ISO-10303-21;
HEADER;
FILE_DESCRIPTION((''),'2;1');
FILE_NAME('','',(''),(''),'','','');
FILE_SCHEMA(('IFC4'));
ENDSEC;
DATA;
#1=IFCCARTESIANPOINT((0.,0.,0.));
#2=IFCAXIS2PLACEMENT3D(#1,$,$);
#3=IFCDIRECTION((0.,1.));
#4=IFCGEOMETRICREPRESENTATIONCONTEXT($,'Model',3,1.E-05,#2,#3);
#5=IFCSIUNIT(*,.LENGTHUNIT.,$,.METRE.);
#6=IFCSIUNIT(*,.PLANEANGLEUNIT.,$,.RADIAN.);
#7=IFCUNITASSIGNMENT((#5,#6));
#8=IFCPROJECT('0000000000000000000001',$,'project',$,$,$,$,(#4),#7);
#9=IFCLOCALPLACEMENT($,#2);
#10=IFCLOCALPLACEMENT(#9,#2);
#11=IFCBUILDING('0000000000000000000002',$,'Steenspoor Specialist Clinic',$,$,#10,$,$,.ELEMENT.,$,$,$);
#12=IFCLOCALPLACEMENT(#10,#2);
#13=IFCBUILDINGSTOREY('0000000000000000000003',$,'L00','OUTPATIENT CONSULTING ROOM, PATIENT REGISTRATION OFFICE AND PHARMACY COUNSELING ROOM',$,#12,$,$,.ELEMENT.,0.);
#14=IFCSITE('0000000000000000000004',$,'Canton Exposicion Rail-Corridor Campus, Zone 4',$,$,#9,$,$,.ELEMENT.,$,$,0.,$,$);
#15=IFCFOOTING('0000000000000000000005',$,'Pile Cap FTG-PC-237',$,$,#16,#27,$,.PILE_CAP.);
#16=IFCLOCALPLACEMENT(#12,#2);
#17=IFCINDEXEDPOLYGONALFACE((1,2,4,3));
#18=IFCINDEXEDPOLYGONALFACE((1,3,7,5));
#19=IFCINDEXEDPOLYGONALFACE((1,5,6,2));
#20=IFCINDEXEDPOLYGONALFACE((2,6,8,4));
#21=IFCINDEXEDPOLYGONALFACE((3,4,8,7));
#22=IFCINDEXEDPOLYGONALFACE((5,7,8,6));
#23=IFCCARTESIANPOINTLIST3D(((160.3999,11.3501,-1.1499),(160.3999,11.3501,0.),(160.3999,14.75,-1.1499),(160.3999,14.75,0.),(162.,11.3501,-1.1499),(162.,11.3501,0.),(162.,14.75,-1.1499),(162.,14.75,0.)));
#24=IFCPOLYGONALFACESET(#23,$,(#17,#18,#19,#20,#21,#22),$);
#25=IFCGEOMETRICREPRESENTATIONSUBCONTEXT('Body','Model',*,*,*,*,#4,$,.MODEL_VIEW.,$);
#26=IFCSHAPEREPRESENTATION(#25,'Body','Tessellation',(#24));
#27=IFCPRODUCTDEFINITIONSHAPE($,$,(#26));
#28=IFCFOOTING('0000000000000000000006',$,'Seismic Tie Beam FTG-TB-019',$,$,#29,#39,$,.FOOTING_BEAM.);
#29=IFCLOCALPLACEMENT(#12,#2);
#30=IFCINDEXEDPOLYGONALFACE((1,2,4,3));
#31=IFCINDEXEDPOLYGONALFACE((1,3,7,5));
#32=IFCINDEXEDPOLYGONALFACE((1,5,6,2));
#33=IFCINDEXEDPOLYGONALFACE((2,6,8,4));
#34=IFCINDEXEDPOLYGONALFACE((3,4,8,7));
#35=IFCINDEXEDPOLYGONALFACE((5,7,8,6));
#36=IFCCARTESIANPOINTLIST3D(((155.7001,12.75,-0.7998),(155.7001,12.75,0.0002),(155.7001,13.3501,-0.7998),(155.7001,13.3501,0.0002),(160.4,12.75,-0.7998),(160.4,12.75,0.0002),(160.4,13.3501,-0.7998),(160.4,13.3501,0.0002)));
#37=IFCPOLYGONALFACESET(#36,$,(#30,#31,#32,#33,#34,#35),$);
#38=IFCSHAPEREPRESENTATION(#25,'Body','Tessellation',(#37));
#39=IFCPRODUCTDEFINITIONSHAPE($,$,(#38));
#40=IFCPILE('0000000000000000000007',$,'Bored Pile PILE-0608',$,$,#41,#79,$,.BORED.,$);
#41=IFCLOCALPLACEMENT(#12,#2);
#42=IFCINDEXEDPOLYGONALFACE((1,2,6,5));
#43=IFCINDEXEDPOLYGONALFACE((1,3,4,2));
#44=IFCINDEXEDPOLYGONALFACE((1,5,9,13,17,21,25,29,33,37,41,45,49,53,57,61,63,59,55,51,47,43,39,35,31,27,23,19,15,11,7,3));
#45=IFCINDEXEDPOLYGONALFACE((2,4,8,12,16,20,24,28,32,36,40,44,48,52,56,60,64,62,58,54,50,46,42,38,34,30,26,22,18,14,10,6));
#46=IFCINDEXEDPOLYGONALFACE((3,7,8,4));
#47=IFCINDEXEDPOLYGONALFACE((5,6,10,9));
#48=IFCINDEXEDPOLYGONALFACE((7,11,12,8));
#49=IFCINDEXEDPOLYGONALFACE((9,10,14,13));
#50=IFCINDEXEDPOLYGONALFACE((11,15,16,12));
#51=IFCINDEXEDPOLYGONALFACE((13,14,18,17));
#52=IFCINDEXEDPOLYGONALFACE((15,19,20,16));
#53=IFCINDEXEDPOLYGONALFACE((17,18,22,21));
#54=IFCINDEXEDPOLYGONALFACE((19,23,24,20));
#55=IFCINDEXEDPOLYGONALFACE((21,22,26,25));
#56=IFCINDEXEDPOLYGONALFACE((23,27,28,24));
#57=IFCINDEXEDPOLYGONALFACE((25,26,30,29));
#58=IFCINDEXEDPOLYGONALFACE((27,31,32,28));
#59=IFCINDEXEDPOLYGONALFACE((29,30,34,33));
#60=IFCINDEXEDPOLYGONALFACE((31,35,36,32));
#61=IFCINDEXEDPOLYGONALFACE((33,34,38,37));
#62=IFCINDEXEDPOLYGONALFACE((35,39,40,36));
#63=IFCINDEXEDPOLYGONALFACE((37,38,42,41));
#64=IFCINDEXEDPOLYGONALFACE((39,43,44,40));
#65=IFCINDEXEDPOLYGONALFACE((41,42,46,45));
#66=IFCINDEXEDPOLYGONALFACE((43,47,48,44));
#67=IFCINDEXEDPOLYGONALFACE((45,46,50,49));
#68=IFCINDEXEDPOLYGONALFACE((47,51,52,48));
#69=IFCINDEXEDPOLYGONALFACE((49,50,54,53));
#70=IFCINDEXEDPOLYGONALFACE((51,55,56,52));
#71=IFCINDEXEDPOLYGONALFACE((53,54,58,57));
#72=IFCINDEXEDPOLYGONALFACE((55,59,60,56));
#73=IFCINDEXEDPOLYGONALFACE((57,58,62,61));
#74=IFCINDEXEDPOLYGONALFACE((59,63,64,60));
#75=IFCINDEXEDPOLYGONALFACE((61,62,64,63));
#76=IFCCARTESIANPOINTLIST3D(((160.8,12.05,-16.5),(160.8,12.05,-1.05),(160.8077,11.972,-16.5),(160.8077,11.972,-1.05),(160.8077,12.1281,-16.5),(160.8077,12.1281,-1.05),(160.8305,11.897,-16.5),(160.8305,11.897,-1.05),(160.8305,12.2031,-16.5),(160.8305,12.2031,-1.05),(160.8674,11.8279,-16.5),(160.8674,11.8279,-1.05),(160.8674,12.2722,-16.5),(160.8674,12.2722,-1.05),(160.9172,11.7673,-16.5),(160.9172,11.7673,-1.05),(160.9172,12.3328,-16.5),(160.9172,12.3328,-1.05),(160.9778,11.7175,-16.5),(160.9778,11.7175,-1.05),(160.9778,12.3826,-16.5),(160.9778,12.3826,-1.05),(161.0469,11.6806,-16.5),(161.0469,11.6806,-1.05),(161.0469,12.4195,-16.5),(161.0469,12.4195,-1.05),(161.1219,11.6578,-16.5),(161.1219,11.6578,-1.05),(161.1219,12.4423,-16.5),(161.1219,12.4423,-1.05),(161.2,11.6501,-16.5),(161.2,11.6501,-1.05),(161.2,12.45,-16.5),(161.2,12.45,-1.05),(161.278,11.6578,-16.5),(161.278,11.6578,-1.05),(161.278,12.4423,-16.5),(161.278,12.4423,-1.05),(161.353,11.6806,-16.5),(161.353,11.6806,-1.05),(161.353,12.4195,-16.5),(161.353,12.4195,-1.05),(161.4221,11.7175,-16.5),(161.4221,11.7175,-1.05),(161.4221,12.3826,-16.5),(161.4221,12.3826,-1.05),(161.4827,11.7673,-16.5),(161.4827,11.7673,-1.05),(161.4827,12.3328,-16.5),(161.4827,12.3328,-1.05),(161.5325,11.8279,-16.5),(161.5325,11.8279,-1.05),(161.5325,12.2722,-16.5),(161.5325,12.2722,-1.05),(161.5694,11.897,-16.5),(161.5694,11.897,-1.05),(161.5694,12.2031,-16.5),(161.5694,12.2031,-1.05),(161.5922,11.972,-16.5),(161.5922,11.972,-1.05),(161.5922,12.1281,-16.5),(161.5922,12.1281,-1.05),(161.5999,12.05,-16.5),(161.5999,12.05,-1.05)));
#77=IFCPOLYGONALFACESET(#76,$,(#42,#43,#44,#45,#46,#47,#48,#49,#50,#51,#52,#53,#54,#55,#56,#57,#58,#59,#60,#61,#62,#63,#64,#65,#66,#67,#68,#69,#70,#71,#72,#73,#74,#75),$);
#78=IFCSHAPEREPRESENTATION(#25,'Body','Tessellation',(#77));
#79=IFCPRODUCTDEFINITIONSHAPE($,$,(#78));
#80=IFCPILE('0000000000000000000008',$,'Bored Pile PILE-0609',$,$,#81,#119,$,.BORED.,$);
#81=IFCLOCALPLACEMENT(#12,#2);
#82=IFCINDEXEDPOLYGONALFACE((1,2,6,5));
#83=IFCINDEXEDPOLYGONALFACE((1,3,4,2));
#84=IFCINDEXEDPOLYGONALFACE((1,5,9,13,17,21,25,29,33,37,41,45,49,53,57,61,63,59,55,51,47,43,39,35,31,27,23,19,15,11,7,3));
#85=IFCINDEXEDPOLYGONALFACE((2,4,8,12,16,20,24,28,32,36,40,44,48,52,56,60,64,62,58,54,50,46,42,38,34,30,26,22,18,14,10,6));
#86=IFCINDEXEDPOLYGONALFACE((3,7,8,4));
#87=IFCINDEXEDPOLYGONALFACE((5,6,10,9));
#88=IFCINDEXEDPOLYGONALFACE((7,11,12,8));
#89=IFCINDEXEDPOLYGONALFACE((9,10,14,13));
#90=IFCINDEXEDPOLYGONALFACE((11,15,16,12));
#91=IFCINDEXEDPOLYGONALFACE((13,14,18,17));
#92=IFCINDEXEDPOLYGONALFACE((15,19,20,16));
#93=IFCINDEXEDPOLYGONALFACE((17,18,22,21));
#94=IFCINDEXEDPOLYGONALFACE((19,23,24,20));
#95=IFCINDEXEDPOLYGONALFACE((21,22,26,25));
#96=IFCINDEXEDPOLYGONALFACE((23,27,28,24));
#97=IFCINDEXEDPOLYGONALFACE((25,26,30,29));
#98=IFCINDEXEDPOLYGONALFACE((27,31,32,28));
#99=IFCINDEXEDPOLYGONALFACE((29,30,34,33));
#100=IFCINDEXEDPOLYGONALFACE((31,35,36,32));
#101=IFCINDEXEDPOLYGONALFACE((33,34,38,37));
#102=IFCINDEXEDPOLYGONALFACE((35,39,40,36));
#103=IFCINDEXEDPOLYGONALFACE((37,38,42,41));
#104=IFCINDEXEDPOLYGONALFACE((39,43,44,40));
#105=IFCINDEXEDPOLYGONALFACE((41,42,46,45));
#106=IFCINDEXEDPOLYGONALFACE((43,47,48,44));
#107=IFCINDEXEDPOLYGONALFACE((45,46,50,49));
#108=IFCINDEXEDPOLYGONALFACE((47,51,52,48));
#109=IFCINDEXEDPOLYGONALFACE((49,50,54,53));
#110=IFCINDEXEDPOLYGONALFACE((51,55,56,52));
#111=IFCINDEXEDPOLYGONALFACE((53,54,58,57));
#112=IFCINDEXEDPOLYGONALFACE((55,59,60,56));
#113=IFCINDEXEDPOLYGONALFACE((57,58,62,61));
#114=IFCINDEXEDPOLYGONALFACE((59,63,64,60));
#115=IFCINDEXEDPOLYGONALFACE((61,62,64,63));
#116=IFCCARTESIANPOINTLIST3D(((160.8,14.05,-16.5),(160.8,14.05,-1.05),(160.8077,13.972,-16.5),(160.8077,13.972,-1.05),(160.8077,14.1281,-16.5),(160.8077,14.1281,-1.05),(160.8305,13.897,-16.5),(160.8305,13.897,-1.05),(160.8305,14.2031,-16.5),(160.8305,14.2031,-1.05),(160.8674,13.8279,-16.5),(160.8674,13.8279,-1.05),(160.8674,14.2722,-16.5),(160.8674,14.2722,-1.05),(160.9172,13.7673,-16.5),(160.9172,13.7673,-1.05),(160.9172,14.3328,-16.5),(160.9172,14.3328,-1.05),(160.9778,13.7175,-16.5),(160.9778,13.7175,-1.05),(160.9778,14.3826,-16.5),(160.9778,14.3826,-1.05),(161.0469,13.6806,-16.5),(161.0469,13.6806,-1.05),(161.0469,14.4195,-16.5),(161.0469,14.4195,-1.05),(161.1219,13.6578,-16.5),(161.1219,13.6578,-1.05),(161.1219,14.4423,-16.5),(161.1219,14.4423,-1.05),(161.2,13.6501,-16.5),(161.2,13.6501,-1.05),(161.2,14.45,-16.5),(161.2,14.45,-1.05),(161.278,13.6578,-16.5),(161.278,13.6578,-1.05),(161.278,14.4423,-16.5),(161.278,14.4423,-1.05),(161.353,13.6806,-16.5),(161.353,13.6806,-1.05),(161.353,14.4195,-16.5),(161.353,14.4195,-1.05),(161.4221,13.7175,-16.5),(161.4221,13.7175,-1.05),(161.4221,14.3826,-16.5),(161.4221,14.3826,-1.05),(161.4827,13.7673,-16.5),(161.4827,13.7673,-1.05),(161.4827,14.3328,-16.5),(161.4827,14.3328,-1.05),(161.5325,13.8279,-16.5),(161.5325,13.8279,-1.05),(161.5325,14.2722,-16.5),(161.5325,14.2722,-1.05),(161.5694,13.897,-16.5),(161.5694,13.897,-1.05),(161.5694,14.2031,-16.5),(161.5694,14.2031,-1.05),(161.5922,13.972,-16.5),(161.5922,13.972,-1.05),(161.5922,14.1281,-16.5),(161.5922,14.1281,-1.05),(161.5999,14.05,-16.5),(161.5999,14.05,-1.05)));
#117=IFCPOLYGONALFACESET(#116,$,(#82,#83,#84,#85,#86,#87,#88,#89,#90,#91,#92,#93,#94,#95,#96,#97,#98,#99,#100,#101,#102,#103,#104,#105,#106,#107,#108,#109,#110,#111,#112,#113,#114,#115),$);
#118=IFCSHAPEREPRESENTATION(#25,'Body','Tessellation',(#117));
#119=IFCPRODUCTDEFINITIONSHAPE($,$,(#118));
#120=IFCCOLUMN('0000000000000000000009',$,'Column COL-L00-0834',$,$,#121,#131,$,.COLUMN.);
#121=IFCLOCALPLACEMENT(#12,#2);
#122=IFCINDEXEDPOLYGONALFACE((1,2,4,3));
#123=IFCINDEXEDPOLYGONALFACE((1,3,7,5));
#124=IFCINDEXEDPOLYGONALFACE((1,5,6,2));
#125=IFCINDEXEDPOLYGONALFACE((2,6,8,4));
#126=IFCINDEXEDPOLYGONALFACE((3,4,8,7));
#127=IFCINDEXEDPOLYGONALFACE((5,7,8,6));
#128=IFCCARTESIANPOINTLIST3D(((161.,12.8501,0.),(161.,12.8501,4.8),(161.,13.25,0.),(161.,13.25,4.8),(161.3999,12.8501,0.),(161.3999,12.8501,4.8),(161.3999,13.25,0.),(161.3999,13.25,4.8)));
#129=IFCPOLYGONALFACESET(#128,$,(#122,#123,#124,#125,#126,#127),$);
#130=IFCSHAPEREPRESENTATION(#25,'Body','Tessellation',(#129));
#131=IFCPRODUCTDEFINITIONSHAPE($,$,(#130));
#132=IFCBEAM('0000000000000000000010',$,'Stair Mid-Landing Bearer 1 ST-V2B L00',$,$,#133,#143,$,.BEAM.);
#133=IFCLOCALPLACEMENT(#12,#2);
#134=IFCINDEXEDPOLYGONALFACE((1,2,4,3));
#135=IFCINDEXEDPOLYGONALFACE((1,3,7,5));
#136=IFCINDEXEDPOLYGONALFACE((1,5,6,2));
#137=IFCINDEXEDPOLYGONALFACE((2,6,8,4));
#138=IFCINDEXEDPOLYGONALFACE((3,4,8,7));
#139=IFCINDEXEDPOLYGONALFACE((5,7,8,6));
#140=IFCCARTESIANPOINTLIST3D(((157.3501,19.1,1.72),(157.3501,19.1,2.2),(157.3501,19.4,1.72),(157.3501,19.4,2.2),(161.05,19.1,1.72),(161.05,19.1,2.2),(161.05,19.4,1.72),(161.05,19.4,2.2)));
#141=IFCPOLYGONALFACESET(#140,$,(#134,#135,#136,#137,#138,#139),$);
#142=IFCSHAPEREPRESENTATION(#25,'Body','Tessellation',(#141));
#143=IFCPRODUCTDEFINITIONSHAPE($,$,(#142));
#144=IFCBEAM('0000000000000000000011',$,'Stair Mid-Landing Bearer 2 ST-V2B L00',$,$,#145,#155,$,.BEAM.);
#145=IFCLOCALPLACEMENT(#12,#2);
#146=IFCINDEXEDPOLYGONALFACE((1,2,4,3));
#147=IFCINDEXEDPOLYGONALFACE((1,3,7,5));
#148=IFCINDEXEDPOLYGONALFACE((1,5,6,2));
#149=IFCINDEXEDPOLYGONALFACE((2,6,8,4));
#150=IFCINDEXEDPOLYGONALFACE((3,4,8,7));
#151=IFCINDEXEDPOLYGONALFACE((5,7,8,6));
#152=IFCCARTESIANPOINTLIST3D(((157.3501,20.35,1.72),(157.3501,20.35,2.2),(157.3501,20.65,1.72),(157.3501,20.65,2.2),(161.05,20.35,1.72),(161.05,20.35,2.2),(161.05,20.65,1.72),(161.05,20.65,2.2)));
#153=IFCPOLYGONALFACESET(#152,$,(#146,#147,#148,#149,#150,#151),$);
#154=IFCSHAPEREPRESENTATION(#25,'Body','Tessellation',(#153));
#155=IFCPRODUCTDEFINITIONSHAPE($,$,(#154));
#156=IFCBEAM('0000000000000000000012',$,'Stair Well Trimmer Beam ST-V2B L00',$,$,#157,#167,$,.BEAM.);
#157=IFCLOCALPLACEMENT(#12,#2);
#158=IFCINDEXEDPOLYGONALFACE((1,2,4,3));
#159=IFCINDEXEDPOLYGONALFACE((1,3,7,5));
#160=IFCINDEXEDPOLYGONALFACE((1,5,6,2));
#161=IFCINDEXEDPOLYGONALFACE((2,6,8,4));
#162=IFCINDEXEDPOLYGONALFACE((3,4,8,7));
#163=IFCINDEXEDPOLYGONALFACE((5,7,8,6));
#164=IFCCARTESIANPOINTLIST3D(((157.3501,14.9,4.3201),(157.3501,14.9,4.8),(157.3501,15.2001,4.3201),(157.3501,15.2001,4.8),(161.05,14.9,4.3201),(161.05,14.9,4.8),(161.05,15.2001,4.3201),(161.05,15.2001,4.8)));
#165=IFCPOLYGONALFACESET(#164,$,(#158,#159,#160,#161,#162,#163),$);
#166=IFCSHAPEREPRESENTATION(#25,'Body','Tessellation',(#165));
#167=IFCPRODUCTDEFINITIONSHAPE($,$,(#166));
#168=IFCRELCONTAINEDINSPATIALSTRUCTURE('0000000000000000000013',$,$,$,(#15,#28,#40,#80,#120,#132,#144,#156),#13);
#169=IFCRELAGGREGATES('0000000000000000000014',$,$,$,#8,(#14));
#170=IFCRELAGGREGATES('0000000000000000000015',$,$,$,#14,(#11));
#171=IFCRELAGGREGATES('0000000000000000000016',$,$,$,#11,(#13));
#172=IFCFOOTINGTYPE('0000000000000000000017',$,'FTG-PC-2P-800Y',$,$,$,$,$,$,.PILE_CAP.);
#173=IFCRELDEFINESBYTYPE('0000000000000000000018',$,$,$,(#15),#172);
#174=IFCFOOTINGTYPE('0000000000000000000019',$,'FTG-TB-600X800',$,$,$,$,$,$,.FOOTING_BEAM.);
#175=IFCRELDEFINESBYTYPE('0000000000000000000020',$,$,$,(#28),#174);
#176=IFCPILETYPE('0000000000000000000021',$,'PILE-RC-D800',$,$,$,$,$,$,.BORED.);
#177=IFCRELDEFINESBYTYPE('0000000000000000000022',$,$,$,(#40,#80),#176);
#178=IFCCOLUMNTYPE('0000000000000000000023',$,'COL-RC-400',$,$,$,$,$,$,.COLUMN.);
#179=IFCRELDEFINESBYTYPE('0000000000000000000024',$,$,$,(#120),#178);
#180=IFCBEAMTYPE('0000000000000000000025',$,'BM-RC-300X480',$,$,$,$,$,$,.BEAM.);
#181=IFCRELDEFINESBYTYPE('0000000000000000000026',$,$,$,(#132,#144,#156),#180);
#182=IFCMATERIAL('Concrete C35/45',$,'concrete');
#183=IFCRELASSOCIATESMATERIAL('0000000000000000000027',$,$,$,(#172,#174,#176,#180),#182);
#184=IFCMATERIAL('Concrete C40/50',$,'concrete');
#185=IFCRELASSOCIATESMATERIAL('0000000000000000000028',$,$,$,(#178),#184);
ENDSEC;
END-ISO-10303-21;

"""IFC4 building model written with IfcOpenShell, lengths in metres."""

from ifc_helpers import new_model, si_unit, direction, frame, origin, origin_2d, place, context, subcontext, project, spatial, rectangle, circle, extrude, material, material_profile, profile_set, type_object, element, save


model = new_model("IFC4")

# Units and contexts
model_context = context("Model", 3, precision=1e-05, world=origin(), true_north=direction((0.0, 1.0)))
body_context = subcontext(model_context, "Body", "Model", "MODEL_VIEW")
ifc_project = project(units=[si_unit("LENGTHUNIT", "METRE"), si_unit("PLANEANGLEUNIT", "RADIAN")], contexts=[model_context])

# Site, building, storey
site_placement = place(None, origin())
site = spatial("IfcSite", under=ifc_project, at=site_placement, Name="Canton Exposicion Rail-Corridor Campus, Zone 4", CompositionType="ELEMENT", RefElevation=0.0)
building_placement = place(site_placement, origin())
building = spatial("IfcBuilding", under=site, at=building_placement, Name="Steenspoor Specialist Clinic", CompositionType="ELEMENT")
storey_placement = place(building_placement, origin())
storey = spatial("IfcBuildingStorey", under=building, at=storey_placement, Name="L00", Description="OUTPATIENT CONSULTING ROOM, PATIENT REGISTRATION OFFICE AND PHARMACY COUNSELING ROOM", CompositionType="ELEMENT", Elevation=0.0)

# Footings
ifc_material_1 = material(Name="Concrete C35/45", Category="concrete")
footing_type_1 = type_object("IfcFootingType", Name="FTG-PC-2P-800Y", PredefinedType="PILE_CAP", material=ifc_material_1)
footing_1_placement = place(storey_placement, frame((161.2, 13.05, -1.1499), z_axis=(0.0, 0.0, 1.0), x_axis=(1.0, 0.0, 0.0)))
element("IfcFooting", 1, at=footing_1_placement, inside=storey, type_object=footing_type_1, Name="Pile Cap FTG-PC-237", PredefinedType="PILE_CAP", context=body_context, shape_type="SweptSolid", body=[
    extrude(rectangle(XDim=1.6001, YDim=3.3999, at=origin_2d()), origin(), (0.0, 0.0, 1.0), 1.1499),
])
footing_type_2 = type_object("IfcFootingType", Name="FTG-TB-600X800", PredefinedType="FOOTING_BEAM", material=ifc_material_1)
footing_2_placement = place(storey_placement, frame((158.05, 13.05, -0.7998), z_axis=(0.0, 0.0, 1.0), x_axis=(1.0, 0.0, 0.0)))
element("IfcFooting", 2, at=footing_2_placement, inside=storey, type_object=footing_type_2, Name="Seismic Tie Beam FTG-TB-019", PredefinedType="FOOTING_BEAM", context=body_context, shape_type="SweptSolid", body=[
    extrude(rectangle(XDim=4.7, YDim=0.6001, at=origin_2d()), origin(), (0.0, 0.0, 1.0), 0.8),
])

# Piles
ifc_material_profile_1 = material_profile(ifc_material_1, circle(Radius=0.3999, at=origin_2d()), Name="PILE-D800")
ifc_profile_set_1 = profile_set([ifc_material_profile_1], Name="Concrete C35/45")
pile_type = type_object("IfcPileType", Name="PILE-RC-D800", PredefinedType="BORED", material=ifc_profile_set_1)
for number, where, z_axis, x_axis, name in (
    (3, (161.2, 12.05, -1.05), (0.0, 0.0, -1.0), (1.0, 0.0, 0.0), "Bored Pile PILE-0608"),
    (4, (161.2, 14.05, -1.05), (0.0, 0.0, -1.0), (1.0, 0.0, 0.0), "Bored Pile PILE-0609"),
):
    element("IfcPile", number, at=place(storey_placement, frame(where, z_axis=z_axis, x_axis=x_axis)), inside=storey, type_object=pile_type, Name=name, PredefinedType="BORED", context=body_context, shape_type="SweptSolid", body=[
        extrude(circle(Radius=0.3999, at=origin_2d()), origin(), (0.0, 0.0, 1.0), 15.45),
    ])

# Column
ifc_material_2 = material(Name="Concrete C40/50", Category="concrete")
ifc_material_profile_2 = material_profile(ifc_material_2, rectangle(XDim=0.3999, YDim=0.3999, at=origin_2d()), Name="RC-COL-400X400")
ifc_profile_set_2 = profile_set([ifc_material_profile_2], Name="Concrete C40/50")
column_type = type_object("IfcColumnType", Name="COL-RC-400", PredefinedType="COLUMN", material=ifc_profile_set_2)
column_placement = place(storey_placement, frame((161.2, 13.05, 0.0), z_axis=(0.0, 0.0, 1.0), x_axis=(1.0, 0.0, 0.0)))
element("IfcColumn", 5, at=column_placement, inside=storey, type_object=column_type, Name="Column COL-L00-0834", PredefinedType="COLUMN", context=body_context, shape_type="SweptSolid", body=[
    extrude(rectangle(XDim=0.3999, YDim=0.3999, at=origin_2d()), origin(), (0.0, 0.0, 1.0), 4.8),
])

# Beams
ifc_material_profile_3 = material_profile(ifc_material_1, rectangle(XDim=0.3, YDim=0.48, at=origin_2d()), Name="RC-BM-300X480")
ifc_profile_set_3 = profile_set([ifc_material_profile_3], Name="Concrete C35/45")
beam_type = type_object("IfcBeamType", Name="BM-RC-300X480", PredefinedType="BEAM", material=ifc_profile_set_3)
for number, where, z_axis, x_axis, name in (
    (6, (157.3501, 19.25, 1.96), (1.0, 0.0, 0.0), (0.0, 1.0, 0.0), "Stair Mid-Landing Bearer 1 ST-V2B L00"),
    (7, (157.3501, 20.5, 1.96), (1.0, 0.0, 0.0), (0.0, 1.0, 0.0), "Stair Mid-Landing Bearer 2 ST-V2B L00"),
    (8, (157.3501, 15.05, 4.5601), (1.0, 0.0, 0.0), (0.0, 1.0, 0.0), "Stair Well Trimmer Beam ST-V2B L00"),
):
    element("IfcBeam", number, at=place(storey_placement, frame(where, z_axis=z_axis, x_axis=x_axis)), inside=storey, type_object=beam_type, Name=name, PredefinedType="BEAM", context=body_context, shape_type="SweptSolid", body=[
        extrude(rectangle(XDim=0.3, YDim=0.48, at=origin_2d()), origin(), (0.0, 0.0, 1.0), 3.7),
    ])

save(model, "model.ifc")
